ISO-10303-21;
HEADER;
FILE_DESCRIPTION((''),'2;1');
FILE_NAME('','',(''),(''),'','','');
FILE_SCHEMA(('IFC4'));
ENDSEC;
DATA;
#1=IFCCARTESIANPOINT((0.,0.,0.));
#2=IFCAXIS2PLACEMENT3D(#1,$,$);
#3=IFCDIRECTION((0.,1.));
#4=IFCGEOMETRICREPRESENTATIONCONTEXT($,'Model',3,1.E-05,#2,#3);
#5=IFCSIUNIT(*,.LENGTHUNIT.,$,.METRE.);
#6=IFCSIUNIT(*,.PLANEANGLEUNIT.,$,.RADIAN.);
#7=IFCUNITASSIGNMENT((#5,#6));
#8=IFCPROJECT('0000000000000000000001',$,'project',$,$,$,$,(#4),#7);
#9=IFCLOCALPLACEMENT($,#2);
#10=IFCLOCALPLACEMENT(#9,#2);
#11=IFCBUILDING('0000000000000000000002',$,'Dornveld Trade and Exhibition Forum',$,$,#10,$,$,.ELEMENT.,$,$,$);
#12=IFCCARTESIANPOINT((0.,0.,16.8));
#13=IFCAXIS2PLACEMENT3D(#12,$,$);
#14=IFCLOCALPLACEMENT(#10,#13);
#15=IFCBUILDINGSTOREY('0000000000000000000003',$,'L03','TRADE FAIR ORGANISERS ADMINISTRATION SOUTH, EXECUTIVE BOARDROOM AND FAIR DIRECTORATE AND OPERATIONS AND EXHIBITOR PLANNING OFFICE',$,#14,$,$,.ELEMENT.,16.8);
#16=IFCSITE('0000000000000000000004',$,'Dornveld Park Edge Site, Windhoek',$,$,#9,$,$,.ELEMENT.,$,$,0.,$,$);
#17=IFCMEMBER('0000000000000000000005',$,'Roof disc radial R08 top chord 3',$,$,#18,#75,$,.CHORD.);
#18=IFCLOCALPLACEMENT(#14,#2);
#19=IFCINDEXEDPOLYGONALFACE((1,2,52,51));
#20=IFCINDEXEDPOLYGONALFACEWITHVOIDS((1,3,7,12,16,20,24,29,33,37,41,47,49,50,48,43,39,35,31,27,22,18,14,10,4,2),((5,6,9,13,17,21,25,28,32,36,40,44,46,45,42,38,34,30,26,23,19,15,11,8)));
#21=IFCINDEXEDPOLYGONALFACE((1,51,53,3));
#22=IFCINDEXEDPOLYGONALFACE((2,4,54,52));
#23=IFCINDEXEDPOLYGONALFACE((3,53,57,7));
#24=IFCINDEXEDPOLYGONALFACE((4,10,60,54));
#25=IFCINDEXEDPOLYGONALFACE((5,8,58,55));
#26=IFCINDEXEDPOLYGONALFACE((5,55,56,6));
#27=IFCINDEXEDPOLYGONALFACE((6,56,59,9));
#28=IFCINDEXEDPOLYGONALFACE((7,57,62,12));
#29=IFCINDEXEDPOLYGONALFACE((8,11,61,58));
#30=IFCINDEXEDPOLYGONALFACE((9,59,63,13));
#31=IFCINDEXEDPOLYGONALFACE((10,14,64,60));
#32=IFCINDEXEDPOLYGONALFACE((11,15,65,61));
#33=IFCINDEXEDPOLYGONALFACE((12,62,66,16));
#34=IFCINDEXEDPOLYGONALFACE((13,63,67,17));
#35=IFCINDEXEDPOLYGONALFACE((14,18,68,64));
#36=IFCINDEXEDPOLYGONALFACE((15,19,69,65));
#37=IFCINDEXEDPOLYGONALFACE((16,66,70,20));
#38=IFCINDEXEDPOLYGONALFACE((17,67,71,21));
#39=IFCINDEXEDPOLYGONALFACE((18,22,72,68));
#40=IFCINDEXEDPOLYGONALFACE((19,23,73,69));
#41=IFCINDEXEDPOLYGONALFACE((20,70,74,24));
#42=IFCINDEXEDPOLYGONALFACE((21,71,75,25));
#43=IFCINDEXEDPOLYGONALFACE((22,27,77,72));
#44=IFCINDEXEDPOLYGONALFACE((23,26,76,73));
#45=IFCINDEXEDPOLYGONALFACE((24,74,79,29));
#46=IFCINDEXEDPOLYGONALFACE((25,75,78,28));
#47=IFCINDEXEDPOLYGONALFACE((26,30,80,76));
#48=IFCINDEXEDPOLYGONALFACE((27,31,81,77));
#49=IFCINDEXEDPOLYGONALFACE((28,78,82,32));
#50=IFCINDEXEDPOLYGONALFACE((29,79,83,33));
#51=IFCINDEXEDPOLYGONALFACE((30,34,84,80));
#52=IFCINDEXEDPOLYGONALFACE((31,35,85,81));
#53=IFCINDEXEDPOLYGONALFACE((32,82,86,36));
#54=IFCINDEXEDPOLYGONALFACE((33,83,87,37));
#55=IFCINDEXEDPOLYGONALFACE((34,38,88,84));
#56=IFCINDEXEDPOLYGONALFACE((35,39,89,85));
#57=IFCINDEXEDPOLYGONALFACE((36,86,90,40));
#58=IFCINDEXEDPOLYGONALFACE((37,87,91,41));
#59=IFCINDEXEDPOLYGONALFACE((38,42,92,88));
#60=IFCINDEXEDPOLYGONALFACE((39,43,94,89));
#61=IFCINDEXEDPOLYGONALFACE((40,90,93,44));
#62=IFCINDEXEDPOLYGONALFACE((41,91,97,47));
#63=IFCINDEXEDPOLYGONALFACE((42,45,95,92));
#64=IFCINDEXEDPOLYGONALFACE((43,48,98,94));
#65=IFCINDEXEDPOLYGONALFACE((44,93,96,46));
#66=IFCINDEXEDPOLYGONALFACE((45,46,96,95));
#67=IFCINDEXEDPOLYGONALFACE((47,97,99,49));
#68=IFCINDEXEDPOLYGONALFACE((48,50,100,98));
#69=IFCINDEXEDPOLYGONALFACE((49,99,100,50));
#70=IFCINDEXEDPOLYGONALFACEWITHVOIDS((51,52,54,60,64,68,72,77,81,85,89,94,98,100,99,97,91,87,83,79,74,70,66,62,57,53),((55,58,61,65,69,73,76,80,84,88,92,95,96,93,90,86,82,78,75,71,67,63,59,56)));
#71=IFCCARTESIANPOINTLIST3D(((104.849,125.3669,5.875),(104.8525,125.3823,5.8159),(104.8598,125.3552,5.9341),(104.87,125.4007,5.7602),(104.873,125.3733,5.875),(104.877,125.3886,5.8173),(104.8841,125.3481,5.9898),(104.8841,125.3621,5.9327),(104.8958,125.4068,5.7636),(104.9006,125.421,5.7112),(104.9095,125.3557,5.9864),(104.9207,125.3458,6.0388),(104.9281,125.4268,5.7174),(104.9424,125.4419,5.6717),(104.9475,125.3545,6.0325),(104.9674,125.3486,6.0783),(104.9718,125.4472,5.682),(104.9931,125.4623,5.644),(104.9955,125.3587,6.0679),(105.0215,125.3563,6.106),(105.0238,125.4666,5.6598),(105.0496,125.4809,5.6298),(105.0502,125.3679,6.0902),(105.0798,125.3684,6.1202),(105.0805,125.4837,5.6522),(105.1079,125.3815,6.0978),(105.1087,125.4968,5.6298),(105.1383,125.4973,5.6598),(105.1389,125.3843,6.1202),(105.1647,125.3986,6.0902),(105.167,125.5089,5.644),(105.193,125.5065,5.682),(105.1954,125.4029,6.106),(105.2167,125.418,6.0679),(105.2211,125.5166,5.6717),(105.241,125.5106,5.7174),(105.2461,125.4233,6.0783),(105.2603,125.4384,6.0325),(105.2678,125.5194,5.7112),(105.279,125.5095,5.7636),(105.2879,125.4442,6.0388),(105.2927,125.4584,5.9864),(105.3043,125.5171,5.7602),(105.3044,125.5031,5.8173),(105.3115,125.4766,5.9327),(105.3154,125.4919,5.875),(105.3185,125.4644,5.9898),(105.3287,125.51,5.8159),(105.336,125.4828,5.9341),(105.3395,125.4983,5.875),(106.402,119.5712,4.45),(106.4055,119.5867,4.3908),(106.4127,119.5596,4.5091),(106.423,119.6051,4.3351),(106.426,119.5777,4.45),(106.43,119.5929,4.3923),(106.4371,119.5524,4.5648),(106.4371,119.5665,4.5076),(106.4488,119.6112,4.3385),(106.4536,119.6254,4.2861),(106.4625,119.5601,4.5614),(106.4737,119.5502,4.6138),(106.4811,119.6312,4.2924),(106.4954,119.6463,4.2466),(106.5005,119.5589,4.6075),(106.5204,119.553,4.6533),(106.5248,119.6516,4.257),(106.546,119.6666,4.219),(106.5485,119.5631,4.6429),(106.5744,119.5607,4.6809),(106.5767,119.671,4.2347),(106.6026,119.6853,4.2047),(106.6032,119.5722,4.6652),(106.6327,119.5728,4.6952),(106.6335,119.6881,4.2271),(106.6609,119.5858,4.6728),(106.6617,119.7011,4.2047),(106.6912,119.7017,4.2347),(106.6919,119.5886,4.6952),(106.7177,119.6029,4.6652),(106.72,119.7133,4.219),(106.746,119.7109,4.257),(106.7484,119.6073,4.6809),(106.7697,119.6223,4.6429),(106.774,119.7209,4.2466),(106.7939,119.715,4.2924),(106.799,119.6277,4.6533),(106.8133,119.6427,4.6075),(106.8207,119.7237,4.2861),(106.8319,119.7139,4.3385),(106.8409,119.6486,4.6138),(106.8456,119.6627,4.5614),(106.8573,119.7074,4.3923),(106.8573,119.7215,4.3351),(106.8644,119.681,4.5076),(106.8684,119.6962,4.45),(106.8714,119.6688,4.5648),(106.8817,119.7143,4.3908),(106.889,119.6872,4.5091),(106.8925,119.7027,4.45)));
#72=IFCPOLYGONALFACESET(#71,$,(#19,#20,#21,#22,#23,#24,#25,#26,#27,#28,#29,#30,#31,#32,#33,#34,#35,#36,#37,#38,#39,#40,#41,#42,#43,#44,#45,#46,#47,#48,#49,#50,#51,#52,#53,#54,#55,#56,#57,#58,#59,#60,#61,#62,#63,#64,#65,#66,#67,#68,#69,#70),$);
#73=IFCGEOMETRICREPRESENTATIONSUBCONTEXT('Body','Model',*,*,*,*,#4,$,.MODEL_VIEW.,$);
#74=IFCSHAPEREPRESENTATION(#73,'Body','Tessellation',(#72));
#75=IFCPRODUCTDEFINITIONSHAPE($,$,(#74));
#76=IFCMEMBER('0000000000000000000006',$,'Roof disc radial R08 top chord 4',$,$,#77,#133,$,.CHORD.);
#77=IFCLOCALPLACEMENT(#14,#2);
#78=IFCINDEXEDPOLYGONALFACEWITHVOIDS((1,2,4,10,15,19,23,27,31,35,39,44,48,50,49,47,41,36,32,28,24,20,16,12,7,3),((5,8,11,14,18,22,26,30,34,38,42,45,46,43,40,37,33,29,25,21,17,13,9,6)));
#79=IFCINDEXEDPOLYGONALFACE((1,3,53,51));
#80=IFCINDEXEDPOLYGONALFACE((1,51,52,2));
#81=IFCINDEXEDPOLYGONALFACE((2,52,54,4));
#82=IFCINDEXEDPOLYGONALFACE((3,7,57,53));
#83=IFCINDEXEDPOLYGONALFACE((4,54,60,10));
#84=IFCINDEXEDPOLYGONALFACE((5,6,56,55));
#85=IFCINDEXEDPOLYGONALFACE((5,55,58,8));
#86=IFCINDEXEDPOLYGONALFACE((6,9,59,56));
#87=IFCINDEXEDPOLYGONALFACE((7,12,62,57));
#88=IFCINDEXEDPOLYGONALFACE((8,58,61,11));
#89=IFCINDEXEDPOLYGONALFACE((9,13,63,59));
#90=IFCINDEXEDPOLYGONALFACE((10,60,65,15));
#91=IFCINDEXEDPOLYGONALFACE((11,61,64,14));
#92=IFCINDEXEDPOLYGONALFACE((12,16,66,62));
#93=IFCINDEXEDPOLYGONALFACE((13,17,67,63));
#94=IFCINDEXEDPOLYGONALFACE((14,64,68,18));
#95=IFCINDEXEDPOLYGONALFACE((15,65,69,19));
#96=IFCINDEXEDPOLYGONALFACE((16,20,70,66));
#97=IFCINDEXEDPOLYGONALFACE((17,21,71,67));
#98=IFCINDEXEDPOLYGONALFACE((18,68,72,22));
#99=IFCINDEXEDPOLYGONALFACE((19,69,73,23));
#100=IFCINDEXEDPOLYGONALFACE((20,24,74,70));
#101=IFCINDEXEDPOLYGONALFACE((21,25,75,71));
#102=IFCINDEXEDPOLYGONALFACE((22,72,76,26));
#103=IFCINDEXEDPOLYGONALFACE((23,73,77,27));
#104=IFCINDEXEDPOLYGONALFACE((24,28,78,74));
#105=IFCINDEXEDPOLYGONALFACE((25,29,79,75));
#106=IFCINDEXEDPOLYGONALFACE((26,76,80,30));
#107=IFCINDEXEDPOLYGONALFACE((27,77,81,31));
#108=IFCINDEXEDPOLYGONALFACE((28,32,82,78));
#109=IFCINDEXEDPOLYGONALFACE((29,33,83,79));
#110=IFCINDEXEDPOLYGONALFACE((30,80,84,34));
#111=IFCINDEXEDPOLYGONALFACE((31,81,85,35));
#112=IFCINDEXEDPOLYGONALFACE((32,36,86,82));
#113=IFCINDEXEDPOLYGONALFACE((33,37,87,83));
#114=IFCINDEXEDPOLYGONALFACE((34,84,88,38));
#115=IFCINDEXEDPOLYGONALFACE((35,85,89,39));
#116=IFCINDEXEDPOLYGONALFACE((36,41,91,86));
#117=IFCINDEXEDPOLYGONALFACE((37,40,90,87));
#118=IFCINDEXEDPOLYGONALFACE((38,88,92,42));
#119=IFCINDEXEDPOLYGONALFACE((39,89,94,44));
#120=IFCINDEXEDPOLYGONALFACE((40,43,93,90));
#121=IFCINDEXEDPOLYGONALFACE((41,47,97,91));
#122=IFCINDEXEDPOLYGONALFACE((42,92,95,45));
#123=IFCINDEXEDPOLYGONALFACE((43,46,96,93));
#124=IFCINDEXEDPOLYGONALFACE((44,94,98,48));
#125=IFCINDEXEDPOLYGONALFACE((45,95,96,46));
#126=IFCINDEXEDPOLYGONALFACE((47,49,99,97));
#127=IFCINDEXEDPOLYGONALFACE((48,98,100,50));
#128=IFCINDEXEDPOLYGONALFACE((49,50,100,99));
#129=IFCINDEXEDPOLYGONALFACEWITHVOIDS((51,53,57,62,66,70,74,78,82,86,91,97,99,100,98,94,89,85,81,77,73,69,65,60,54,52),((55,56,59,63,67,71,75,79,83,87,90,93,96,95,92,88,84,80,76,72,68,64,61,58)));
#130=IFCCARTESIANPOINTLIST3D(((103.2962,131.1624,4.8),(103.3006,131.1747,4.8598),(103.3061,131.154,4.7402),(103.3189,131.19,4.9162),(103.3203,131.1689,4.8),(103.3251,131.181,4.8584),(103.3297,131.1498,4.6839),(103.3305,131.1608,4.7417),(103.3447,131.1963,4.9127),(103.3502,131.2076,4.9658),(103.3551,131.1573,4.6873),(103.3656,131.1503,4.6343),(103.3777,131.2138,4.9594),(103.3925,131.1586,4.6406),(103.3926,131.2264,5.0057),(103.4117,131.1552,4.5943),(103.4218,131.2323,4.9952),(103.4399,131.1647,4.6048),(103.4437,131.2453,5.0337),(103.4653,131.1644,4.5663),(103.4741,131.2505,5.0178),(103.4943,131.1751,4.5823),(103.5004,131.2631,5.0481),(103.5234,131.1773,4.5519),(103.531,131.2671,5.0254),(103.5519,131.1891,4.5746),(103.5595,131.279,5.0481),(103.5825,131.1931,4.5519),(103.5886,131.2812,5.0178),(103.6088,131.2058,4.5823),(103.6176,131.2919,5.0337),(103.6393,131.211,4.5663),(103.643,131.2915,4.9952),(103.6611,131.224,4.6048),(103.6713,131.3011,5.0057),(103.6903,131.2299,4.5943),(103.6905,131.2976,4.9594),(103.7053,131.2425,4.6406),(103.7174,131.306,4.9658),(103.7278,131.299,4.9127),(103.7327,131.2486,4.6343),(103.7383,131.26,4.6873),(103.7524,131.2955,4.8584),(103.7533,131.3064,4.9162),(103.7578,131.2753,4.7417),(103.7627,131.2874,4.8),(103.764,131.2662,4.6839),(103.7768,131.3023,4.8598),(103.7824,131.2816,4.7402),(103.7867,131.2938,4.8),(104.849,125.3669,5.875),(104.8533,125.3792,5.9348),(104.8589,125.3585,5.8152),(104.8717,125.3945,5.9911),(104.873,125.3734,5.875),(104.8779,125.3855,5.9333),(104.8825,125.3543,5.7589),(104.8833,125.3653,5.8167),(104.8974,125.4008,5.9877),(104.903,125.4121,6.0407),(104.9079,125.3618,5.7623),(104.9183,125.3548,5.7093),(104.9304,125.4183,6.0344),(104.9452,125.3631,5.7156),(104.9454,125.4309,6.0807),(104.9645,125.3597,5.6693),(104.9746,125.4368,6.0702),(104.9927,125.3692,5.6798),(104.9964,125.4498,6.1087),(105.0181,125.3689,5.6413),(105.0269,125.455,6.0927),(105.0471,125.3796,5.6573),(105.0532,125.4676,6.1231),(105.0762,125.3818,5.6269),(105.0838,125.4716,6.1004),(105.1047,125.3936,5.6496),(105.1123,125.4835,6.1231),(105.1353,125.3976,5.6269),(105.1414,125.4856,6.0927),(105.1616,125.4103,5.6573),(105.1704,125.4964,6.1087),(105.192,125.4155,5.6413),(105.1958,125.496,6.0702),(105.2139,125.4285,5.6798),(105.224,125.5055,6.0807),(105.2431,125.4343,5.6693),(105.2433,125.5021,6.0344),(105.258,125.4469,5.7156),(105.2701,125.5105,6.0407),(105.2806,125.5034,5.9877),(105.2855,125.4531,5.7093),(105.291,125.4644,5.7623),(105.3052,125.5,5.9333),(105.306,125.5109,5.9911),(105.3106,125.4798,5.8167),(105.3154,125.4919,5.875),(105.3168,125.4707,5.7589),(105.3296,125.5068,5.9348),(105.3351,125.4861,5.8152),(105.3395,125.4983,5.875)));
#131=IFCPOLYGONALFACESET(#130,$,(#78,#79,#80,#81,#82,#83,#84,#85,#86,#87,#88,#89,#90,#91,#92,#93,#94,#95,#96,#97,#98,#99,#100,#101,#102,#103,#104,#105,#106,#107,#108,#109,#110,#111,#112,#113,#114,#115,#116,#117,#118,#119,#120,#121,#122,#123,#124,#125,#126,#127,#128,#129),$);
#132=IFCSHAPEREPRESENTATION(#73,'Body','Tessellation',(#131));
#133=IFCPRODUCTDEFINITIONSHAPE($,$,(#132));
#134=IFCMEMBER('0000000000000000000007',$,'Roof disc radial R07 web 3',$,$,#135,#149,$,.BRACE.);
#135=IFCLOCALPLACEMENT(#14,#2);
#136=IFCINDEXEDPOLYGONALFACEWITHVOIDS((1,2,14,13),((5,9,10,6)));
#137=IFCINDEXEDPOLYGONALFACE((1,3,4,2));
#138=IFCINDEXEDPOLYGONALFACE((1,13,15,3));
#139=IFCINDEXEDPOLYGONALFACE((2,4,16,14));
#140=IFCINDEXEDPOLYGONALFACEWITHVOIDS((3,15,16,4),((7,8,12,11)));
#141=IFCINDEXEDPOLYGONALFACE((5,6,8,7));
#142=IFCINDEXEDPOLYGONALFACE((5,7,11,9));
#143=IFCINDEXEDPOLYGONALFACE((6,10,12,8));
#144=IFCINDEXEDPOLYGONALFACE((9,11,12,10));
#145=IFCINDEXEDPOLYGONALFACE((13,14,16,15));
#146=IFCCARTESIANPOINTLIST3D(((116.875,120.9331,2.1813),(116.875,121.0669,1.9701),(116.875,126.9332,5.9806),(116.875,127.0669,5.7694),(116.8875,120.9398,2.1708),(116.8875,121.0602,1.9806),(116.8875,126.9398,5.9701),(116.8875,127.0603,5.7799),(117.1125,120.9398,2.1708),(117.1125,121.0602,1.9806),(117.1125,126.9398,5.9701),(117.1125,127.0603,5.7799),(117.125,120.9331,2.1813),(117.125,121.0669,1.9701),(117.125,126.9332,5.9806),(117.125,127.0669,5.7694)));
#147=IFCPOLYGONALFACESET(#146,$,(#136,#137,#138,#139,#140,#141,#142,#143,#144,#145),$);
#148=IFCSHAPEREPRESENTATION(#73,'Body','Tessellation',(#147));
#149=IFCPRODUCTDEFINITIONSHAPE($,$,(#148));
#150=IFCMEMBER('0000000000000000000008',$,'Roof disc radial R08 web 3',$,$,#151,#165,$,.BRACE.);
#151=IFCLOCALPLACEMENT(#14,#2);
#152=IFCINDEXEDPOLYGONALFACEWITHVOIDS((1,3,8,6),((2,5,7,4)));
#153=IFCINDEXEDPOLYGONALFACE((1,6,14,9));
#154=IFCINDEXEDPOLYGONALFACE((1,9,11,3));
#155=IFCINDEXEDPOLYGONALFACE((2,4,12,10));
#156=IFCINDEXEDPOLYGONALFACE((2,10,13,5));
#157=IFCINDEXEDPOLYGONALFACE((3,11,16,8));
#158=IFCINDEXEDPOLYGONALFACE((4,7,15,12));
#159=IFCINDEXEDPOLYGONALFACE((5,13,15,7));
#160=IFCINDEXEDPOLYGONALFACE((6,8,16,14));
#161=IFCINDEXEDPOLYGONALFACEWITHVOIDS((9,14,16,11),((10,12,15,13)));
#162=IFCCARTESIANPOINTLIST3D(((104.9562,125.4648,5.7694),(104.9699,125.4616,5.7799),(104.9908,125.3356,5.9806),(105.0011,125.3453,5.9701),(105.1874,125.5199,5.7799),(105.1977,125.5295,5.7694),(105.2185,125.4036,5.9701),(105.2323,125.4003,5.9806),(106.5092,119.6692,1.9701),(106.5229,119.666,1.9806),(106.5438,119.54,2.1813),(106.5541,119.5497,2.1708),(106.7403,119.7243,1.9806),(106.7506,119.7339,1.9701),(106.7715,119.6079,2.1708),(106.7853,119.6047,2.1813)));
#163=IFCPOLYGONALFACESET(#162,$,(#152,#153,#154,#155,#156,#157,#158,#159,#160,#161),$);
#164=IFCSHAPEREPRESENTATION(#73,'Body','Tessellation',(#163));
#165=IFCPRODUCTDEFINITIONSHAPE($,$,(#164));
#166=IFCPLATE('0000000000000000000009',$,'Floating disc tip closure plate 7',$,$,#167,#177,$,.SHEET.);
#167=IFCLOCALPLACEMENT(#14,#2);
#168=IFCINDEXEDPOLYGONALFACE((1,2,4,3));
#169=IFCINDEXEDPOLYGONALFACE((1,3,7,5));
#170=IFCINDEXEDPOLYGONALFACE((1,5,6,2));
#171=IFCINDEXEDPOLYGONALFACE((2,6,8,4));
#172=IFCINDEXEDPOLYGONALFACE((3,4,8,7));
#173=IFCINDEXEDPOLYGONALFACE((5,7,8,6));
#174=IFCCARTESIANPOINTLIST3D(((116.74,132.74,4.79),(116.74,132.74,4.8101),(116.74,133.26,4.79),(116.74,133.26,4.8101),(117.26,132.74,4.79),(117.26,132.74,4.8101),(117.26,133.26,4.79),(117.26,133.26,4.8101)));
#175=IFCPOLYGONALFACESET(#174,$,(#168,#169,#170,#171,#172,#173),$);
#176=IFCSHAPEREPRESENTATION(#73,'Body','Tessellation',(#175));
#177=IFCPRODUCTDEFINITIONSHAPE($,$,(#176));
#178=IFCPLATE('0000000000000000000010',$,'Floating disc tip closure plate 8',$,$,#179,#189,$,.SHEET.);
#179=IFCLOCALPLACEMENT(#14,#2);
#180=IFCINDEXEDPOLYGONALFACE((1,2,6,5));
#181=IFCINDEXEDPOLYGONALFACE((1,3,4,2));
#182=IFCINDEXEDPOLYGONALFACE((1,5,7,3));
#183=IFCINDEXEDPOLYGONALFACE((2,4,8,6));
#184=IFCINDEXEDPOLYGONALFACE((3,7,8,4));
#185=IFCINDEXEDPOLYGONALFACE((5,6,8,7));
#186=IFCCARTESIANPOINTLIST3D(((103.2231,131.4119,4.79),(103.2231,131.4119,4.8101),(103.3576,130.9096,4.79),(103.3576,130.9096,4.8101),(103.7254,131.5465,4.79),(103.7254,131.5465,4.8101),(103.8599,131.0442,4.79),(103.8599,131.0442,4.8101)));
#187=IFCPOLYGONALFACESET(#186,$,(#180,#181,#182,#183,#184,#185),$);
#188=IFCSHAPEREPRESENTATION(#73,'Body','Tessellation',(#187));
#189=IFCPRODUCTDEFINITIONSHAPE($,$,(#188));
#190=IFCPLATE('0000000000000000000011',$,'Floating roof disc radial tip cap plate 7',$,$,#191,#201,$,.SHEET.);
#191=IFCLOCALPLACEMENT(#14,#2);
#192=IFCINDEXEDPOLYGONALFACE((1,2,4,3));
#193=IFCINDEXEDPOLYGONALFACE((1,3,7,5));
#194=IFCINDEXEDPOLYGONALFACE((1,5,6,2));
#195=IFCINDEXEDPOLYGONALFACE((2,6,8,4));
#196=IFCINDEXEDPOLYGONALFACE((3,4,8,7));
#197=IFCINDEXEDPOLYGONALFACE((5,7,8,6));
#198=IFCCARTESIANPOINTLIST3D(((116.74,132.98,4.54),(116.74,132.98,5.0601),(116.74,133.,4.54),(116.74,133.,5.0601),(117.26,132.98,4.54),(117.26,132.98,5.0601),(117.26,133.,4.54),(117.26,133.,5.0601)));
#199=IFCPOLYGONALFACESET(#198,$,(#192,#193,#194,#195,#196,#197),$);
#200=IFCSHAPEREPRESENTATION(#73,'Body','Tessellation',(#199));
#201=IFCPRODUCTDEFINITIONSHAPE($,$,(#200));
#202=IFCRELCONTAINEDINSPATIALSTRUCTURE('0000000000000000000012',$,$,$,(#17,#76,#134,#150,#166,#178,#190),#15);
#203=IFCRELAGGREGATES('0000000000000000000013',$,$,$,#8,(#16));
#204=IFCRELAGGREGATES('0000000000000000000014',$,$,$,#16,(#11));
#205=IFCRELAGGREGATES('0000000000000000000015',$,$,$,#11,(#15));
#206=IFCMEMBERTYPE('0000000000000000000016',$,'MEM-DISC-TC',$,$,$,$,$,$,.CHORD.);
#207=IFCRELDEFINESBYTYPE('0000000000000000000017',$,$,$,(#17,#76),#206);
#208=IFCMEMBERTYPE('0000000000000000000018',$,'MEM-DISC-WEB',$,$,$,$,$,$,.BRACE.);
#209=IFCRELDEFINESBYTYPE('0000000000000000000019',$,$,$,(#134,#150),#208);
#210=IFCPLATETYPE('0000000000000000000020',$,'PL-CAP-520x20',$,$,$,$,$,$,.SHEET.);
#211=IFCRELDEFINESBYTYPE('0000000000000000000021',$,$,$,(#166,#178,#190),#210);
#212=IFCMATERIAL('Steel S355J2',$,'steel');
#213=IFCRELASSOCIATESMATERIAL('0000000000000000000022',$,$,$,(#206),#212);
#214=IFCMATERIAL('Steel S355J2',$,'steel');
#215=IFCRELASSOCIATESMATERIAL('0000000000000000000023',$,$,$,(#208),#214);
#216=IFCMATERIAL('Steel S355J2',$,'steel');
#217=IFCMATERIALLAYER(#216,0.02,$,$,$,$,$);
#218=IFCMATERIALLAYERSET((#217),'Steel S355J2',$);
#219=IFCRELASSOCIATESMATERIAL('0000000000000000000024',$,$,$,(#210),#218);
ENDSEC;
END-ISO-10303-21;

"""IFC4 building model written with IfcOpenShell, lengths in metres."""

from ifc_helpers import new_model, si_unit, direction, frame, origin, origin_2d, place, context, subcontext, project, spatial, rectangle, hollow_rectangle, hollow_circle, extrude, material, layer, layer_set, material_profile, profile_set, type_object, element, save


model = new_model("IFC4")

# Units and contexts
model_context = context("Model", 3, precision=1e-05, world=origin(), true_north=direction((0.0, 1.0)))
body_context = subcontext(model_context, "Body", "Model", "MODEL_VIEW")
ifc_project = project(units=[si_unit("LENGTHUNIT", "METRE"), si_unit("PLANEANGLEUNIT", "RADIAN")], contexts=[model_context])

# Site, building, storey
site_placement = place(None, origin())
site = spatial("IfcSite", under=ifc_project, at=site_placement, Name="Dornveld Park Edge Site, Windhoek", CompositionType="ELEMENT", RefElevation=0.0)
building_placement = place(site_placement, origin())
building = spatial("IfcBuilding", under=site, at=building_placement, Name="Dornveld Trade and Exhibition Forum", CompositionType="ELEMENT")
storey_placement = place(building_placement, frame((0.0, 0.0, 16.8)))
storey = spatial("IfcBuildingStorey", under=building, at=storey_placement, Name="L03", Description="TRADE FAIR ORGANISERS ADMINISTRATION SOUTH, EXECUTIVE BOARDROOM AND FAIR DIRECTORATE AND OPERATIONS AND EXHIBITOR PLANNING OFFICE", CompositionType="ELEMENT", Elevation=16.8)

# Members
ifc_material_1 = material(Name="Steel S355J2", Category="steel")
ifc_material_profile_1 = material_profile(ifc_material_1, hollow_circle(Radius=0.2539, WallThickness=0.0249, at=origin_2d()), Name="CHS 508x25")
ifc_profile_set_1 = profile_set([ifc_material_profile_1], Name="Steel S355J2")
member_type_1 = type_object("IfcMemberType", Name="MEM-DISC-TC", PredefinedType="CHORD", material=ifc_profile_set_1)
member_1_placement = place(storey_placement, frame((106.6472, 119.637, 4.45), z_axis=(-0.25182, 0.939782, 0.231076), x_axis=(-0.965924, -0.258825, 0.0)))
element("IfcMember", 1, at=member_1_placement, inside=storey, type_object=member_type_1, Name="Roof disc radial R08 top chord 3", PredefinedType="CHORD", context=body_context, shape_type="SweptSolid", body=[
    extrude(hollow_circle(Radius=0.2539, WallThickness=0.0249, at=origin_2d()), origin(), (0.0, 0.0, 1.0), 6.167),
])
member_2_placement = place(storey_placement, frame((105.0942, 125.4326, 5.875), z_axis=(-0.254741, 0.950792, -0.176356), x_axis=(-0.965932, -0.258797, 0.0)))
element("IfcMember", 2, at=member_2_placement, inside=storey, type_object=member_type_1, Name="Roof disc radial R08 top chord 4", PredefinedType="CHORD", context=body_context, shape_type="SweptSolid", body=[
    extrude(hollow_circle(Radius=0.2539, WallThickness=0.0249, at=origin_2d()), origin(), (0.0, 0.0, 1.0), 6.0955),
])
ifc_material_2 = material(Name="Steel S355J2", Category="steel")
ifc_material_profile_2 = material_profile(ifc_material_2, hollow_rectangle(XDim=0.25, YDim=0.25, WallThickness=0.0125, at=origin_2d()), Name="SHS 250x250x12.5")
ifc_profile_set_2 = profile_set([ifc_material_profile_2], Name="Steel S355J2")
member_type_2 = type_object("IfcMemberType", Name="MEM-DISC-WEB", PredefinedType="BRACE", material=ifc_profile_set_2)
for number, where, z_axis, x_axis, name in (
    (3, (117.0, 121.0, 2.0757), (0.0, 0.844863, 0.534983), (-1.0, 0.0, 0.0), "Roof disc radial R07 web 3"),
    (4, (106.6472, 119.637, 2.0757), (-0.218673, 0.816078, 0.534976), (-0.965924, -0.258825, 0.0), "Roof disc radial R08 web 3"),
):
    element("IfcMember", number, at=place(storey_placement, frame(where, z_axis=z_axis, x_axis=x_axis)), inside=storey, type_object=member_type_2, Name=name, PredefinedType="BRACE", context=body_context, shape_type="SweptSolid", body=[
        extrude(hollow_rectangle(XDim=0.25, YDim=0.25, WallThickness=0.0125, at=origin_2d()), origin(), (0.0, 0.0, 1.0), 7.1018),
    ])

# Plates
ifc_material_3 = material(Name="Steel S355J2", Category="steel")
ifc_layer_1 = layer(ifc_material_3, 0.02)
ifc_layer_set_1 = layer_set([ifc_layer_1], Name="Steel S355J2")
plate_type_1 = type_object("IfcPlateType", Name="PL-CAP-520x20", PredefinedType="SHEET", material=ifc_layer_set_1)
for number, where, z_axis, x_axis, name in (
    (5, (117.0, 133.0, 4.79), (0.0, 0.0, 1.0), (0.0, 1.0, 0.0), "Floating disc tip closure plate 7"),
    (6, (103.5415, 131.228, 4.79), (0.0, 0.0, 1.0), (-0.258819, 0.965926, 0.0), "Floating disc tip closure plate 8"),
):
    element("IfcPlate", number, at=place(storey_placement, frame(where, z_axis=z_axis, x_axis=x_axis)), inside=storey, type_object=plate_type_1, Name=name, PredefinedType="SHEET", context=body_context, shape_type="SweptSolid", body=[
        extrude(rectangle(XDim=0.52, YDim=0.52, at=origin_2d()), origin(), (0.0, 0.0, 1.0), 0.02),
    ])
for number, where, z_axis, x_axis, name in (
    (7, (117.0, 132.99, 4.54), (0.0, 0.0, 1.0), (0.0, 1.0, 0.0), "Floating roof disc radial tip cap plate 7"),
):
    element("IfcPlate", number, at=place(storey_placement, frame(where, z_axis=z_axis, x_axis=x_axis)), inside=storey, type_object=plate_type_1, Name=name, PredefinedType="SHEET", context=body_context, shape_type="SweptSolid", body=[
        extrude(rectangle(XDim=0.02, YDim=0.52, at=origin_2d()), origin(), (0.0, 0.0, 1.0), 0.52),
    ])

save(model, "model.ifc")
